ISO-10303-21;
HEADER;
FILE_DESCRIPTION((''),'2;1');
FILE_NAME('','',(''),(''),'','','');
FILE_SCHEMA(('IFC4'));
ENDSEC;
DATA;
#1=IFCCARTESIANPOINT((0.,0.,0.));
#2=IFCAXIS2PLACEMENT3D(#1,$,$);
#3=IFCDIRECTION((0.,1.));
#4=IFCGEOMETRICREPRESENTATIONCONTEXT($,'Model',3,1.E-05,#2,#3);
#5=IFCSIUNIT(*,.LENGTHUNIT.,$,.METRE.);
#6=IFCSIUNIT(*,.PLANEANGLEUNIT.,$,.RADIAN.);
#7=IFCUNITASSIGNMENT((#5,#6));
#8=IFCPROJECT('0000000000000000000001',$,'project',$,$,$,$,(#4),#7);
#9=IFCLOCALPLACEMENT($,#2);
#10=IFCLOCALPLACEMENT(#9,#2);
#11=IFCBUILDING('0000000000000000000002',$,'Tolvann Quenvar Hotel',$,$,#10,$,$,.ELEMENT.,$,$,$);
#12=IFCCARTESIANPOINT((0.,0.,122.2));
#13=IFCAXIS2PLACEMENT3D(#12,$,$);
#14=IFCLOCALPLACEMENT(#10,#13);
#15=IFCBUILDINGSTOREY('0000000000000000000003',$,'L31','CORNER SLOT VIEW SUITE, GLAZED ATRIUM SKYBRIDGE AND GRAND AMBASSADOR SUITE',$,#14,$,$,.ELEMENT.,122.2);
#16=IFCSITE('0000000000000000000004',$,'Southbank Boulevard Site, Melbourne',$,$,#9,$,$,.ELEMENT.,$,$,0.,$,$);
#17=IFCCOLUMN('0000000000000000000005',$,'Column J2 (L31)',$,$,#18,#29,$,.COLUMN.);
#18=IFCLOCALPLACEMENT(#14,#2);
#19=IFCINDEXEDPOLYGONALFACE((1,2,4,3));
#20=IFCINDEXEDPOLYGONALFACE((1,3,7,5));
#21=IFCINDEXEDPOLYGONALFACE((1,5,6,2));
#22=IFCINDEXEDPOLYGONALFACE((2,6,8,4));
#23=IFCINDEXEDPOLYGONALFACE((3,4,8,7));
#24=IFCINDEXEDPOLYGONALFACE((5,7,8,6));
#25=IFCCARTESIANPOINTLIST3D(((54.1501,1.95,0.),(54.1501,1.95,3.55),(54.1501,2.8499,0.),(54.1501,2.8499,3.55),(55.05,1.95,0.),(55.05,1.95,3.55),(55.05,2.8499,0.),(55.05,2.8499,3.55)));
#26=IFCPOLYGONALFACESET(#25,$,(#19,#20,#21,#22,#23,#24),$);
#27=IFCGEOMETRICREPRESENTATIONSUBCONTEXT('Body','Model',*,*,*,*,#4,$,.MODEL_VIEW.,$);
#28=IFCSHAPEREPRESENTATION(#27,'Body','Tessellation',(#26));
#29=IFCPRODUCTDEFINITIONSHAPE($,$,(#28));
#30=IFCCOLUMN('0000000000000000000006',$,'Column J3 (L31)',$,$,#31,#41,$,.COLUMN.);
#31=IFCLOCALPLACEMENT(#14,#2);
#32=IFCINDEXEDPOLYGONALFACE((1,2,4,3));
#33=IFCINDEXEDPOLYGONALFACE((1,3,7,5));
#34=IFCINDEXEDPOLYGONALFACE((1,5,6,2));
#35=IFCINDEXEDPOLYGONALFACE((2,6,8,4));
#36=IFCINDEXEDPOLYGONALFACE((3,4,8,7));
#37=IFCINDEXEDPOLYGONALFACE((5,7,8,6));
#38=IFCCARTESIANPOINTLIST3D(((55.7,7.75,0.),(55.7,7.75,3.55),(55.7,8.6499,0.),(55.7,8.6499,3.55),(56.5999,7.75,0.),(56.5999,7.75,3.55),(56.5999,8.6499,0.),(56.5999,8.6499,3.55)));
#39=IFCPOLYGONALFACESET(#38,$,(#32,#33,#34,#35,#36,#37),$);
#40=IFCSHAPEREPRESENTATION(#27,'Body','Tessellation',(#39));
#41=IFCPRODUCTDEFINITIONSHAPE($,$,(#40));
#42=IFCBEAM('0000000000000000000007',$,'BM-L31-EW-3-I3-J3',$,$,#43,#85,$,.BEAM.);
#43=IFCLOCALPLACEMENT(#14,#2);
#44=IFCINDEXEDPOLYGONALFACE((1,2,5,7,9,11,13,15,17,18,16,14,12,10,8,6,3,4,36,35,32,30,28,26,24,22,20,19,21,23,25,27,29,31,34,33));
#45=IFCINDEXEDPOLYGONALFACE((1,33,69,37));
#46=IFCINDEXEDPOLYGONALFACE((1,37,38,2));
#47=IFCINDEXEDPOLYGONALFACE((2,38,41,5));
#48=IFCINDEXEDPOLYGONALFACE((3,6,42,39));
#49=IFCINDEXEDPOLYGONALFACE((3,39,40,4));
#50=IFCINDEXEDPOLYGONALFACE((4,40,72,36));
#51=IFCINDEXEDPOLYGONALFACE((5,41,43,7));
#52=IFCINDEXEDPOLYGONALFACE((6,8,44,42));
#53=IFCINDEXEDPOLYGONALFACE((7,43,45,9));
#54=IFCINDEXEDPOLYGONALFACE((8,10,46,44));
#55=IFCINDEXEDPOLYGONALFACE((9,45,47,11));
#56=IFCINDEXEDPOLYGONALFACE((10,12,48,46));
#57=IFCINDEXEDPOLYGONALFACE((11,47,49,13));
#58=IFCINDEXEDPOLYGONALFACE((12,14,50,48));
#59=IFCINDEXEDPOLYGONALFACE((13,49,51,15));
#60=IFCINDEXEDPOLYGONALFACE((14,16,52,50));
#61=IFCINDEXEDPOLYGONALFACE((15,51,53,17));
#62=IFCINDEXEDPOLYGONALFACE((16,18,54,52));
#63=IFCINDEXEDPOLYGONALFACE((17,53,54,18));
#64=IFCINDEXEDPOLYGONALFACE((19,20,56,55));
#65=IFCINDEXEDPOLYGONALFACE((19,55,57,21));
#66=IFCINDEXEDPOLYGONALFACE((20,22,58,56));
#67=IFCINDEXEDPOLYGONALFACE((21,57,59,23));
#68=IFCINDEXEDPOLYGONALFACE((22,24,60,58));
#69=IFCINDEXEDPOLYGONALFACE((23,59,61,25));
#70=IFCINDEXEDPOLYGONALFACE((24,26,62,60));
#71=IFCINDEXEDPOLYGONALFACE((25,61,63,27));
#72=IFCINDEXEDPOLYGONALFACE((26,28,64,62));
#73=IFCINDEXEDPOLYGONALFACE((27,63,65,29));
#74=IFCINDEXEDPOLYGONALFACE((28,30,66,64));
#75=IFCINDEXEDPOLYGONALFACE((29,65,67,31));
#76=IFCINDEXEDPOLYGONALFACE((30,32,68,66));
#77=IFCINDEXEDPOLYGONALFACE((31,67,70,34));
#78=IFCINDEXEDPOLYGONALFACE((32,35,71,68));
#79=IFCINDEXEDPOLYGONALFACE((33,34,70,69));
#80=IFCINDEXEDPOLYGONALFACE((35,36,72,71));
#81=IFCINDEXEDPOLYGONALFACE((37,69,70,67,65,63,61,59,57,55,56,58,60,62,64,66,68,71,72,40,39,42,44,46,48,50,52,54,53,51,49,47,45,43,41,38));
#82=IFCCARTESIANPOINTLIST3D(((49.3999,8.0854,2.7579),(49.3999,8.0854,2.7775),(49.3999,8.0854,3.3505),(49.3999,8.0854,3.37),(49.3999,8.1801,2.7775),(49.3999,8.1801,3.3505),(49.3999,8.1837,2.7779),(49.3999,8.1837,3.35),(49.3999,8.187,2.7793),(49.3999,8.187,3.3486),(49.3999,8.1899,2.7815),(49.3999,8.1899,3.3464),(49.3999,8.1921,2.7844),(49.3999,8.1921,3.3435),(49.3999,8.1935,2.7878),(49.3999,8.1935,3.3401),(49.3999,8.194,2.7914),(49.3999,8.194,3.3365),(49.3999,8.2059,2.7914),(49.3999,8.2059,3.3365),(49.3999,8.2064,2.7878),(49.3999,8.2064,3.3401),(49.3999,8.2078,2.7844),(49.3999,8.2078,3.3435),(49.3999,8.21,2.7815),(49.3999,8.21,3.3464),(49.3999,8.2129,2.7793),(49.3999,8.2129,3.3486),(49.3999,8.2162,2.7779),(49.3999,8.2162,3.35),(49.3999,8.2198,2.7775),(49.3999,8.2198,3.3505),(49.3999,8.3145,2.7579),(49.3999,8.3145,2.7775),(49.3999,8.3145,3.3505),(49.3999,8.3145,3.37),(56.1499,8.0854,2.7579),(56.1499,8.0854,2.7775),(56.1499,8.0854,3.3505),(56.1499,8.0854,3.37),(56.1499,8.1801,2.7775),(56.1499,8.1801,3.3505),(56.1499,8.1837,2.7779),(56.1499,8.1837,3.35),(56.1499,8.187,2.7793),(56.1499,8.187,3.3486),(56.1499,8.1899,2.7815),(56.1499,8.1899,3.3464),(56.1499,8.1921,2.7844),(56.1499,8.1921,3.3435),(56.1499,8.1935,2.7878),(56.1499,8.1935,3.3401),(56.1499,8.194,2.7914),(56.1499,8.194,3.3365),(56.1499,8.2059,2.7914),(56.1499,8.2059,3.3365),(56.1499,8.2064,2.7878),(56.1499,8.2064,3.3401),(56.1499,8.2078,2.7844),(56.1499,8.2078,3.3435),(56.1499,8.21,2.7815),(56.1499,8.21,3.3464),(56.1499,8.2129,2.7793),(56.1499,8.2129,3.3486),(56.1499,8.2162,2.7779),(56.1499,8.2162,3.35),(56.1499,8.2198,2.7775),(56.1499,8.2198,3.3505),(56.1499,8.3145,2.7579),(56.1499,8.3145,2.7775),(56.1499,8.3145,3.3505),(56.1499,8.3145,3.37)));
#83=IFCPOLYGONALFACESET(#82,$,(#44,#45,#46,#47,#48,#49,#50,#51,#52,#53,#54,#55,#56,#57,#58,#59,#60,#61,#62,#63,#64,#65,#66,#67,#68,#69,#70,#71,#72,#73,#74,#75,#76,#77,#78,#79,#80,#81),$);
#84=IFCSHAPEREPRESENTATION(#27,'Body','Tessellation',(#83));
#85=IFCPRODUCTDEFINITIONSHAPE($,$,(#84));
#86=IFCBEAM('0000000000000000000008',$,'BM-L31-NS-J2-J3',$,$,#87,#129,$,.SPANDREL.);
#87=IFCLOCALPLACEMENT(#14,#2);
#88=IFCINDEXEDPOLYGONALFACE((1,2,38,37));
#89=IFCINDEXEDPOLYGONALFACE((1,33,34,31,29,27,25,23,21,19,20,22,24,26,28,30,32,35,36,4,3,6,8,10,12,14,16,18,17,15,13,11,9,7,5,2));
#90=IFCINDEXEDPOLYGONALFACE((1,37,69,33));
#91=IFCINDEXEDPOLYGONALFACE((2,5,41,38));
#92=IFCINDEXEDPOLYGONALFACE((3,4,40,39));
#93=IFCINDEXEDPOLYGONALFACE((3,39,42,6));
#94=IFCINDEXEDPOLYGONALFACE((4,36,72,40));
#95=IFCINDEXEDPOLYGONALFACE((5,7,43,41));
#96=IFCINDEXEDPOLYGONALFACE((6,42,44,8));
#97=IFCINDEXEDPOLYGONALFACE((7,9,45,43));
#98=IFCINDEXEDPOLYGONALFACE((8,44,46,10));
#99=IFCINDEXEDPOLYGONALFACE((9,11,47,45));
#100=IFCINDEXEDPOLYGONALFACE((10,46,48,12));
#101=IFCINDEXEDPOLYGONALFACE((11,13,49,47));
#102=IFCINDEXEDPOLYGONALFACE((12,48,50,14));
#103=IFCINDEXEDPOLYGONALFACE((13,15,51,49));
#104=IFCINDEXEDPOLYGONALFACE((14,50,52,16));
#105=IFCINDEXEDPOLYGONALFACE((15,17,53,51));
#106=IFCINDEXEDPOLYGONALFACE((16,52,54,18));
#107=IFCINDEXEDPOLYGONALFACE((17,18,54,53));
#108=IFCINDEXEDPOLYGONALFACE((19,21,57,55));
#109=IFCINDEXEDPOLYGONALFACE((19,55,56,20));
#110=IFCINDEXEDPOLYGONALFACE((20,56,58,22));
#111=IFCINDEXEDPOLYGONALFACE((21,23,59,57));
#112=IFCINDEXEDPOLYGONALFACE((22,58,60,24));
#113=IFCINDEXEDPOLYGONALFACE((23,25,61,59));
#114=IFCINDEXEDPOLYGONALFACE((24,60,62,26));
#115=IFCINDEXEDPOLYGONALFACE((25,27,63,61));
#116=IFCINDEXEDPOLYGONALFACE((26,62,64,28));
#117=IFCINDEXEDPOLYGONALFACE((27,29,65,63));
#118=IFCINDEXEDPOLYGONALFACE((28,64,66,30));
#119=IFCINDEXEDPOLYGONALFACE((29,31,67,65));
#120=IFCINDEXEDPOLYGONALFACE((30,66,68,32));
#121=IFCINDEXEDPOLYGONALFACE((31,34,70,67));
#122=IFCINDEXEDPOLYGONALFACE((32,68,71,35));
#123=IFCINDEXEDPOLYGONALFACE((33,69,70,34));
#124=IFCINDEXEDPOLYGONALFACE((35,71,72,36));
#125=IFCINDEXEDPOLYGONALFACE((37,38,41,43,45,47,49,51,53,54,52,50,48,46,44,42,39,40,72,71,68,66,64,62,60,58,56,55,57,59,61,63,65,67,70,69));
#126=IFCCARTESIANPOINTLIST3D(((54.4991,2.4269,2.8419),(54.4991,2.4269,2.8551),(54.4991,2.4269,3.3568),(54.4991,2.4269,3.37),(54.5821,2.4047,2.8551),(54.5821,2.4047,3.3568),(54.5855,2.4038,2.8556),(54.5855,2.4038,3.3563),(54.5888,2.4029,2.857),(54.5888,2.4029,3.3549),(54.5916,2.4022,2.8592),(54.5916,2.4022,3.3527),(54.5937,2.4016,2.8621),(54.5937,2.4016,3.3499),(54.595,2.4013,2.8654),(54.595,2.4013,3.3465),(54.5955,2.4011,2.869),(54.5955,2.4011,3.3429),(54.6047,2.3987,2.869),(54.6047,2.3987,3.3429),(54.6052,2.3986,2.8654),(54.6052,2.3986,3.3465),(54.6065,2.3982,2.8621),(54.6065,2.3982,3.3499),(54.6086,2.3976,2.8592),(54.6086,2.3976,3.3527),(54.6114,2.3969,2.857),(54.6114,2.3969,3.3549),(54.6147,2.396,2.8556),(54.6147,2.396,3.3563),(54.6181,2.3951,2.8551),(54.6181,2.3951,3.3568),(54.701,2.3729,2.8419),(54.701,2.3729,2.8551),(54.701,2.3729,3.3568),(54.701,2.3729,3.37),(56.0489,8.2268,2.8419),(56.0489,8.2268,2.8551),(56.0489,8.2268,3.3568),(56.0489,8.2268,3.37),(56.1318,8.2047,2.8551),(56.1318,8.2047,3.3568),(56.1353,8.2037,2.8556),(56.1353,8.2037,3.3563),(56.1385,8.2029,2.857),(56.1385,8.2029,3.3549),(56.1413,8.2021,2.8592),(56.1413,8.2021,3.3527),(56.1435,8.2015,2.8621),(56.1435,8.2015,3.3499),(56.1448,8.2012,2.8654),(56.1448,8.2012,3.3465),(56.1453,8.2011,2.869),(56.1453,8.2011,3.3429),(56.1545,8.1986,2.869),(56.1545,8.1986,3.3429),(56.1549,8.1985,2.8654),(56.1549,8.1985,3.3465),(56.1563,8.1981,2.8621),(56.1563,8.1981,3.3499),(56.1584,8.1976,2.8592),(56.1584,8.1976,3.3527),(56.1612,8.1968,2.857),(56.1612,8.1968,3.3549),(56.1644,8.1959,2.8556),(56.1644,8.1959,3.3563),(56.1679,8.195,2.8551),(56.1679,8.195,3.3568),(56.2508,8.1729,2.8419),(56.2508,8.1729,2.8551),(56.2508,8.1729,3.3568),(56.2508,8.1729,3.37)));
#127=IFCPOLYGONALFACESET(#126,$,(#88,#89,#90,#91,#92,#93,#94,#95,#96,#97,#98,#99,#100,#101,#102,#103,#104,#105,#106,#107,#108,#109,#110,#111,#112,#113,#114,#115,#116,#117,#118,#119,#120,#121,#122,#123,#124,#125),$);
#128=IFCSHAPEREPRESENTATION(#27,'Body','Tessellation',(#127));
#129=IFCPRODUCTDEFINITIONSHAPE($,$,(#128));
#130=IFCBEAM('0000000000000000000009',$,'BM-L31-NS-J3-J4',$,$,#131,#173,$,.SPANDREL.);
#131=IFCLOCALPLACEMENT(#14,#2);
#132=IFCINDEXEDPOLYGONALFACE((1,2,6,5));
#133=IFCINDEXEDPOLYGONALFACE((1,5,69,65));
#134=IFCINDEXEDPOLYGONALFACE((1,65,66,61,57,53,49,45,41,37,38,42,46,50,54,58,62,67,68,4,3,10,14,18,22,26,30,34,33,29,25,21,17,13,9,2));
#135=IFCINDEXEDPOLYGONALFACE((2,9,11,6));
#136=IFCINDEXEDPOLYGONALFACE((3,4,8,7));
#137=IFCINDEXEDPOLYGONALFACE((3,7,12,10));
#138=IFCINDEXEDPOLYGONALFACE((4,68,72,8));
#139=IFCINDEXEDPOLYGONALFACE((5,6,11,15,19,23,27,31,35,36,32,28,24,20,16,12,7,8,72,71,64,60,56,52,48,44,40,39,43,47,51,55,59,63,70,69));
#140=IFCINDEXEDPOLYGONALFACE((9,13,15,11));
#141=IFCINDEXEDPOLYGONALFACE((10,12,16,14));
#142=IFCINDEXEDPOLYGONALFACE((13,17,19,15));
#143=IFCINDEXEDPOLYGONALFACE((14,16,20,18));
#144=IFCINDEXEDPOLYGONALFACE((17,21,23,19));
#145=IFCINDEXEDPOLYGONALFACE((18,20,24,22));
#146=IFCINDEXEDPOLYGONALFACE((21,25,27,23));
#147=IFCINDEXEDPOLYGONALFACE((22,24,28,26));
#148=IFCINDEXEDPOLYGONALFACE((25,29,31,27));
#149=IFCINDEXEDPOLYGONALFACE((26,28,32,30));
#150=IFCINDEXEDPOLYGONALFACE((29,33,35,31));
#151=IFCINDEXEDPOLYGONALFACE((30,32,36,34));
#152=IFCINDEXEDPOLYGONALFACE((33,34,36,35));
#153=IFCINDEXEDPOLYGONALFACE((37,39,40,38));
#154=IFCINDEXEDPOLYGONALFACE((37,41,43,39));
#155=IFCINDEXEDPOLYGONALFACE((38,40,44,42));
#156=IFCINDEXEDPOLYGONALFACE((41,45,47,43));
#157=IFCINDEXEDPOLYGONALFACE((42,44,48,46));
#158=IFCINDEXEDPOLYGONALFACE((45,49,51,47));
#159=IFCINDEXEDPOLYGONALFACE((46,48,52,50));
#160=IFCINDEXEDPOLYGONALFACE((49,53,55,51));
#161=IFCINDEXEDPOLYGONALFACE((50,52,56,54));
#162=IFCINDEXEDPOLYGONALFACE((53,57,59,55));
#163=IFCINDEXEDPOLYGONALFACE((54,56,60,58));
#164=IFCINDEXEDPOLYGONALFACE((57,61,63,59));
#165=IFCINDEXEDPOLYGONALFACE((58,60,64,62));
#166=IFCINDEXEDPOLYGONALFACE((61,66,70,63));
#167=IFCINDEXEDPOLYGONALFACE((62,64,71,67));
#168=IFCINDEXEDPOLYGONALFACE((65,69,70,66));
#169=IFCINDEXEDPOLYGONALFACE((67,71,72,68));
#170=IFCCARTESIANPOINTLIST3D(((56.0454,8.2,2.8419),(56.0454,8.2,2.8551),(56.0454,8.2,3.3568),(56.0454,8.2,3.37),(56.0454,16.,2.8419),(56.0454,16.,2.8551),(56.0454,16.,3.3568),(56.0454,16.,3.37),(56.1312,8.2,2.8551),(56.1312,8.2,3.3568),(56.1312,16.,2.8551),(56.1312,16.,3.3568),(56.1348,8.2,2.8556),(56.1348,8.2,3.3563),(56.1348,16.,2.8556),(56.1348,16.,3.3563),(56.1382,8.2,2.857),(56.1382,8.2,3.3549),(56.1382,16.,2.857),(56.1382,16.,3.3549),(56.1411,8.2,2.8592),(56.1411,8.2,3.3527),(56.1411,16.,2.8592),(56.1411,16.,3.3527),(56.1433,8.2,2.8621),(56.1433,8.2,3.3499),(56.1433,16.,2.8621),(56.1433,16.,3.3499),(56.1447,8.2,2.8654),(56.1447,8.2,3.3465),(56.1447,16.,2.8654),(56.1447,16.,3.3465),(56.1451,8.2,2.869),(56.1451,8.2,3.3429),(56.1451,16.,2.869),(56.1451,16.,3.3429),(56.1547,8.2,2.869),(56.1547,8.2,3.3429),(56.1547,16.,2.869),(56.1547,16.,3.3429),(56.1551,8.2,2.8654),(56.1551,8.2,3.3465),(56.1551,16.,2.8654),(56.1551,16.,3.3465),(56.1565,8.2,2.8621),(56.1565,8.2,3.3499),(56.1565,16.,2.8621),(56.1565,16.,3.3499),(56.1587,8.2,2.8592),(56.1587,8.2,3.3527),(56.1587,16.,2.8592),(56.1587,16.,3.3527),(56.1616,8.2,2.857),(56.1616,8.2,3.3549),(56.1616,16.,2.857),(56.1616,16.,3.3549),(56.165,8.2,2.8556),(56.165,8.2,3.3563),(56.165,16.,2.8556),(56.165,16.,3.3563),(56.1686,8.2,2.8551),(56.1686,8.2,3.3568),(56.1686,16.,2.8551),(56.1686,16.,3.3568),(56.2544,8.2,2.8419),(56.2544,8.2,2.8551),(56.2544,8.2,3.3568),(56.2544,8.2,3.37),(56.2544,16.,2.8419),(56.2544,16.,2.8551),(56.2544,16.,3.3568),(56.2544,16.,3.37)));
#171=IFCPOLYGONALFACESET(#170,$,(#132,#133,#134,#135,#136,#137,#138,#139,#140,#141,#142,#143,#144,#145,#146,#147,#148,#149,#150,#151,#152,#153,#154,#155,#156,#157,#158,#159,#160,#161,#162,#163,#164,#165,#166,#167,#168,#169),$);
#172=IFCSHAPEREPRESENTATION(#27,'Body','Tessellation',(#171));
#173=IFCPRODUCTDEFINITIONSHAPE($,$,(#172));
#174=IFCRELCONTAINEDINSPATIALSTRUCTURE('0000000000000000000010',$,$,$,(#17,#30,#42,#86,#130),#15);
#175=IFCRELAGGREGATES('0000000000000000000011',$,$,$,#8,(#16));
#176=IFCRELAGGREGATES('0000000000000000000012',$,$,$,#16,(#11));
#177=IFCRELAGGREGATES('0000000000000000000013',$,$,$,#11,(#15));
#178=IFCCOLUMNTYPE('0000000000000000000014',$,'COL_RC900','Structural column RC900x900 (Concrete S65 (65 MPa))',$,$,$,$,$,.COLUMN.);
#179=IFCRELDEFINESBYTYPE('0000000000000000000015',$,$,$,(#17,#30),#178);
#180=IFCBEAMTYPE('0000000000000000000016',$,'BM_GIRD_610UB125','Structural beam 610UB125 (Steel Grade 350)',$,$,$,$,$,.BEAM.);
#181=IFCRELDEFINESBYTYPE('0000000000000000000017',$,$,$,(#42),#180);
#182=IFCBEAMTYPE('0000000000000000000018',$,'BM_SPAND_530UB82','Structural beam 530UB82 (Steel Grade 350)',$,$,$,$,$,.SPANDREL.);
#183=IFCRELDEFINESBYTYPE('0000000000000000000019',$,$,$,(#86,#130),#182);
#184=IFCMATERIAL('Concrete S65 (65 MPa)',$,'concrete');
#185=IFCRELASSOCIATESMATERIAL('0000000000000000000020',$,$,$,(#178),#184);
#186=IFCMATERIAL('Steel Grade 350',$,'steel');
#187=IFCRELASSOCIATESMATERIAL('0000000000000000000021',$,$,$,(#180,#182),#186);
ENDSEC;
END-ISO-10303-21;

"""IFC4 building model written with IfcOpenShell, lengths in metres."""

from ifc_helpers import new_model, si_unit, direction, frame, origin, origin_2d, place, context, subcontext, project, spatial, rectangle, i_section, extrude, source, transform, mapped, material, material_profile, profile_set, type_object, type_shapes, element, save


model = new_model("IFC4")

# Units and contexts
model_context = context("Model", 3, precision=1e-05, world=origin(), true_north=direction((0.0, 1.0)))
body_context = subcontext(model_context, "Body", "Model", "MODEL_VIEW")
ifc_project = project(units=[si_unit("LENGTHUNIT", "METRE"), si_unit("PLANEANGLEUNIT", "RADIAN")], contexts=[model_context])

# Site, building, storey
site_placement = place(None, origin())
site = spatial("IfcSite", under=ifc_project, at=site_placement, Name="Southbank Boulevard Site, Melbourne", CompositionType="ELEMENT", RefElevation=0.0)
building_placement = place(site_placement, origin())
building = spatial("IfcBuilding", under=site, at=building_placement, Name="Tolvann Quenvar Hotel", CompositionType="ELEMENT")
storey_placement = place(building_placement, frame((0.0, 0.0, 122.2)))
storey = spatial("IfcBuildingStorey", under=building, at=storey_placement, Name="L31", Description="CORNER SLOT VIEW SUITE, GLAZED ATRIUM SKYBRIDGE AND GRAND AMBASSADOR SUITE", CompositionType="ELEMENT", Elevation=122.2)

# Columns
ifc_material_1 = material(Name="Concrete S65 (65 MPa)", Category="concrete")
ifc_material_profile_1 = material_profile(ifc_material_1, rectangle(XDim=0.8999, YDim=0.8999, at=origin_2d()), Name="RC900x900")
ifc_profile_set_1 = profile_set([ifc_material_profile_1], Name="Concrete S65 (65 MPa)")
column_type = type_object("IfcColumnType", Name="COL_RC900", Description="Structural column RC900x900 (Concrete S65 (65 MPa))", PredefinedType="COLUMN", material=ifc_profile_set_1)
shared_shape_1 = source(origin(), body_context, "Body", "SweptSolid", [
    extrude(rectangle(XDim=0.8999, YDim=0.8999, at=origin_2d()), origin(), (0.0, 0.0, 1.0), 3.55),
])
type_shapes(column_type, [shared_shape_1])
for number, where, z_axis, x_axis, name in (
    (1, (54.6001, 2.3999, 0.0), (0.0, 0.0, 1.0), (1.0, 0.0, 0.0), "Column J2 (L31)"),
    (2, (56.1499, 8.2, 0.0), (0.0, 0.0, 1.0), (1.0, 0.0, 0.0), "Column J3 (L31)"),
):
    element("IfcColumn", number, at=place(storey_placement, frame(where, z_axis=z_axis, x_axis=x_axis)), inside=storey, type_object=column_type, Name=name, PredefinedType="COLUMN", context=body_context, shape_type="MappedRepresentation", body=[
        mapped(shared_shape_1, transform((0.0, 0.0, 0.0), x_axis=(1.0, 0.0, 0.0), y_axis=(0.0, 1.0, 0.0), z_axis=(0.0, 0.0, 1.0), scale=1.0)),
    ])

# Beams
ifc_material_2 = material(Name="Steel Grade 350", Category="steel")
ifc_material_profile_2 = material_profile(ifc_material_2, i_section(OverallWidth=0.229, OverallDepth=0.6121, WebThickness=0.012, FlangeThickness=0.0195, FilletRadius=0.0139, at=origin_2d()), Name="610UB125")
ifc_profile_set_2 = profile_set([ifc_material_profile_2], Name="Steel Grade 350")
beam_type_1 = type_object("IfcBeamType", Name="BM_GIRD_610UB125", Description="Structural beam 610UB125 (Steel Grade 350)", PredefinedType="BEAM", material=ifc_profile_set_2)
shared_shape_2 = source(origin(), body_context, "Body", "SweptSolid", [
    extrude(i_section(OverallWidth=0.229, OverallDepth=0.6121, WebThickness=0.012, FlangeThickness=0.0195, FilletRadius=0.0139, at=origin_2d()), origin(), (0.0, 0.0, 1.0), 6.75),
])
type_shapes(beam_type_1, [shared_shape_2])
beam_1_placement = place(storey_placement, frame((49.3999, 8.2, 3.064), z_axis=(1.0, 0.0, 0.0), x_axis=(0.0, 1.0, 0.0)))
element("IfcBeam", 3, at=beam_1_placement, inside=storey, type_object=beam_type_1, Name="BM-L31-EW-3-I3-J3", PredefinedType="BEAM", context=body_context, shape_type="MappedRepresentation", body=[
    mapped(shared_shape_2, transform((0.0, 0.0, 0.0), x_axis=(1.0, 0.0, 0.0), y_axis=(0.0, 1.0, 0.0), z_axis=(0.0, 0.0, 1.0), scale=1.0)),
])
ifc_material_profile_3 = material_profile(ifc_material_2, i_section(OverallWidth=0.209, OverallDepth=0.5281, WebThickness=0.0095, FlangeThickness=0.0132, FilletRadius=0.0139, at=origin_2d()), Name="530UB82")
ifc_profile_set_3 = profile_set([ifc_material_profile_3], Name="Steel Grade 350")
beam_type_2 = type_object("IfcBeamType", Name="BM_SPAND_530UB82", Description="Structural beam 530UB82 (Steel Grade 350)", PredefinedType="SPANDREL", material=ifc_profile_set_3)
shared_shape_3 = source(origin(), body_context, "Body", "SweptSolid", [
    extrude(i_section(OverallWidth=0.209, OverallDepth=0.5281, WebThickness=0.0095, FlangeThickness=0.0132, FilletRadius=0.0139, at=origin_2d()), origin(), (0.0, 0.0, 1.0), 6.0034),
])
beam_2_placement = place(storey_placement, frame((54.6001, 2.3999, 3.106), z_axis=(0.258149, 0.966105, 0.0), x_axis=(-0.966105, 0.258149, 0.0)))
element("IfcBeam", 4, at=beam_2_placement, inside=storey, type_object=beam_type_2, Name="BM-L31-NS-J2-J3", PredefinedType="SPANDREL", context=body_context, shape_type="MappedRepresentation", body=[
    mapped(shared_shape_3, transform((0.0, 0.0, 0.0), x_axis=(1.0, 0.0, 0.0), y_axis=(0.0, 1.0, 0.0), z_axis=(0.0, 0.0, 1.0), scale=1.0)),
])
shared_shape_4 = source(origin(), body_context, "Body", "SweptSolid", [
    extrude(i_section(OverallWidth=0.209, OverallDepth=0.5281, WebThickness=0.0095, FlangeThickness=0.0132, FilletRadius=0.0139, at=origin_2d()), origin(), (0.0, 0.0, 1.0), 7.8),
])
type_shapes(beam_type_2, [shared_shape_3, shared_shape_4])
beam_3_placement = place(storey_placement, frame((56.1499, 8.2, 3.106), z_axis=(0.0, 1.0, 0.0), x_axis=(-1.0, 0.0, 0.0)))
element("IfcBeam", 5, at=beam_3_placement, inside=storey, type_object=beam_type_2, Name="BM-L31-NS-J3-J4", PredefinedType="SPANDREL", context=body_context, shape_type="MappedRepresentation", body=[
    mapped(shared_shape_4, transform((0.0, 0.0, 0.0), x_axis=(1.0, 0.0, 0.0), y_axis=(0.0, 1.0, 0.0), z_axis=(0.0, 0.0, 1.0), scale=1.0)),
])

save(model, "model.ifc")
